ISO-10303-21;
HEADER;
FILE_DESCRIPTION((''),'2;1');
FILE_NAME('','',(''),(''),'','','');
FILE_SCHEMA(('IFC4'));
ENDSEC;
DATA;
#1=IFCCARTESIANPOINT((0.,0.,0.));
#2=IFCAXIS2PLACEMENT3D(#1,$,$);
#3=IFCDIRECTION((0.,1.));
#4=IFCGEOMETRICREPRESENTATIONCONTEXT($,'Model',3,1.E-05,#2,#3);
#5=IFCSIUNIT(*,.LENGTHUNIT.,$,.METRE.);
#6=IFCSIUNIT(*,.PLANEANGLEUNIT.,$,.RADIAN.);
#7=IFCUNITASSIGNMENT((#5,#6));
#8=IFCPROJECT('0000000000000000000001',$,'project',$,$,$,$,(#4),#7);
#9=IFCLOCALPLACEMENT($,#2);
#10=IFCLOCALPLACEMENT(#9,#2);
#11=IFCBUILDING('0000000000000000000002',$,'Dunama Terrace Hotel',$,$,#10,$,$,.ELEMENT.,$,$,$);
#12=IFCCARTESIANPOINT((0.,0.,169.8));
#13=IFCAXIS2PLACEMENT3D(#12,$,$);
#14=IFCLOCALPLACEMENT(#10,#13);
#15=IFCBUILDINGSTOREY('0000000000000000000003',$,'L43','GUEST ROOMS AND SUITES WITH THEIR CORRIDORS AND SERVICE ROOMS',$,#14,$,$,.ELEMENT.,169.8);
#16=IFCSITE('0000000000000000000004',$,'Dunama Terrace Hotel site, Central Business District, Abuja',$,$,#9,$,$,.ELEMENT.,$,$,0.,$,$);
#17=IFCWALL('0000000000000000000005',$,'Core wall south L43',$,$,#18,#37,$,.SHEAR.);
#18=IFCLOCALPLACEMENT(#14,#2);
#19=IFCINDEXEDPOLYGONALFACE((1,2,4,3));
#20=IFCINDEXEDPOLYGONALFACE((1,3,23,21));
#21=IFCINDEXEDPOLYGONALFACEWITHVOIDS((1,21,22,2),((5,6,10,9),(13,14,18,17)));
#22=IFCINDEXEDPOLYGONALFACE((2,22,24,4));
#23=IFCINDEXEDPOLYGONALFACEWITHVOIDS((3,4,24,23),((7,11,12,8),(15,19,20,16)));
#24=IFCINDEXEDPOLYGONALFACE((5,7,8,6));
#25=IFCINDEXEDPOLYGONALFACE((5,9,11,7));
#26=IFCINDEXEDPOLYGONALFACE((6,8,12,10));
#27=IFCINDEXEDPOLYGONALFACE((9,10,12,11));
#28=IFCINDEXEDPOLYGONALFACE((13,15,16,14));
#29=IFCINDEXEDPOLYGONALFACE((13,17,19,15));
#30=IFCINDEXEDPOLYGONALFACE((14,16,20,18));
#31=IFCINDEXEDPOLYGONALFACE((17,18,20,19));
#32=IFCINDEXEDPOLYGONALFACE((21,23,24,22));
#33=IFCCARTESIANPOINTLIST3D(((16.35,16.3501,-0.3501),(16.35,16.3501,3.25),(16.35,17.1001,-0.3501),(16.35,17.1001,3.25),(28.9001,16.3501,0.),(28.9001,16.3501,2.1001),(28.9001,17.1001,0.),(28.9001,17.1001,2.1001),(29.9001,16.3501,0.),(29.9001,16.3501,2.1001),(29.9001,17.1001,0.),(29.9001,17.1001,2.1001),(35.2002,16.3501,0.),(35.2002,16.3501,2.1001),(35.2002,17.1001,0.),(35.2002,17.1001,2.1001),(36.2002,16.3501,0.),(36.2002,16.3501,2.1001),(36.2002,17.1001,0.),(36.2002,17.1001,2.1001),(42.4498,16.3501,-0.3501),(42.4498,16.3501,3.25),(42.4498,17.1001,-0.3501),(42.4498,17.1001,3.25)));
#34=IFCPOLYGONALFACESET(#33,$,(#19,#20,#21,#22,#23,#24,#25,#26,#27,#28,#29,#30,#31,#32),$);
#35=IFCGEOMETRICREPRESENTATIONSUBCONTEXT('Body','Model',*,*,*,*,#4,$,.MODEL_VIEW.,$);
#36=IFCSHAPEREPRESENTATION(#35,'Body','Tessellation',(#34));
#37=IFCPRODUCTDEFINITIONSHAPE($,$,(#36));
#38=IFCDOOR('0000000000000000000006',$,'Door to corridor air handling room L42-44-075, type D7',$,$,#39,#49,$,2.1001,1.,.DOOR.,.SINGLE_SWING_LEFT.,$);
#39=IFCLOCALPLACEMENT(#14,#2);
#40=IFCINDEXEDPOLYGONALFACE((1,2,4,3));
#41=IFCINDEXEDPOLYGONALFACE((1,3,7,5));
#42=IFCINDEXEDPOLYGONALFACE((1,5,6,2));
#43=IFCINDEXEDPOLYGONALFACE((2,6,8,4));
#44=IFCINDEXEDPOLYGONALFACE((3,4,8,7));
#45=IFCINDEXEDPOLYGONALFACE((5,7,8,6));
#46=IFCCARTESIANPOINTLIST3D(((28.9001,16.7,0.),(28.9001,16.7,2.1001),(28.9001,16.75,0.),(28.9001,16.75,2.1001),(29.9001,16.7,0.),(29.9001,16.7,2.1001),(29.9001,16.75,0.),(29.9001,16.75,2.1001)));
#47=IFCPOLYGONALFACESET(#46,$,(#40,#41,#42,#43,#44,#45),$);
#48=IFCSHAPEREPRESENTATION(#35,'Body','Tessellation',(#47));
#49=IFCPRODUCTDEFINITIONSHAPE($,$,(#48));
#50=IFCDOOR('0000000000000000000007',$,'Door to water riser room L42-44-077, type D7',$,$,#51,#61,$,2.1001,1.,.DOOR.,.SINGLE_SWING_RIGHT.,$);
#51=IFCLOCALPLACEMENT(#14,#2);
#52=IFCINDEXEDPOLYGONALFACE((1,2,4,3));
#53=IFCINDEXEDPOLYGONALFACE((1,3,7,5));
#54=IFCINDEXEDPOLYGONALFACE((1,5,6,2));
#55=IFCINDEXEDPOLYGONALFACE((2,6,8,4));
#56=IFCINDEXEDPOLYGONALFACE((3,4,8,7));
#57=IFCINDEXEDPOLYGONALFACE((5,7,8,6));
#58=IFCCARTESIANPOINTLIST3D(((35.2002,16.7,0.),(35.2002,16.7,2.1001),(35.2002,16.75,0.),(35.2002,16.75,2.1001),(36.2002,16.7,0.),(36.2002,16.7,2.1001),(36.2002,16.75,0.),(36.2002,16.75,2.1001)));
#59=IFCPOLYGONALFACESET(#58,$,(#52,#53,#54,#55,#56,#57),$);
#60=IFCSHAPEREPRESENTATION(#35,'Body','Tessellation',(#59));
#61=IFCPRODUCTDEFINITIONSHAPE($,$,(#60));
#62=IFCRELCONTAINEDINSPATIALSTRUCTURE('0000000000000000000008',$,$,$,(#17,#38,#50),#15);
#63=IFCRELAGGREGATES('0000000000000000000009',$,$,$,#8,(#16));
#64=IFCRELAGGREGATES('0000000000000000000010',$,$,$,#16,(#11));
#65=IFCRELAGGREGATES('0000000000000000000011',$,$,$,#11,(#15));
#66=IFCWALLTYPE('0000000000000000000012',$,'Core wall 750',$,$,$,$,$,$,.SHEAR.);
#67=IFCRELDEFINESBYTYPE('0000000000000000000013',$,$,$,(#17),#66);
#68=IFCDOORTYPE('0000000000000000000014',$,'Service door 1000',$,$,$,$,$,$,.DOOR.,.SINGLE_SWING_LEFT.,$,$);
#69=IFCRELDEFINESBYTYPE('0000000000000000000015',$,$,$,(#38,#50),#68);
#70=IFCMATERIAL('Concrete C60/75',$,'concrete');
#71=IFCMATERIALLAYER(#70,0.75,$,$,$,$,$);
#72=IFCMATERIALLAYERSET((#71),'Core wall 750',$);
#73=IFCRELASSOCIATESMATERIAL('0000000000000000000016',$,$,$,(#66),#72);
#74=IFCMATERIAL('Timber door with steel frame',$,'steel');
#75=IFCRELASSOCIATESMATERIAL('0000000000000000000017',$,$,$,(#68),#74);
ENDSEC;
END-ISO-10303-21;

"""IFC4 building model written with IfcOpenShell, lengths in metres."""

from ifc_helpers import new_model, si_unit, direction, frame, frame_2d, origin, place, context, subcontext, project, spatial, rectangle, extrude, material, layer, layer_set, type_object, element, fill, save


model = new_model("IFC4")

# Units and contexts
model_context = context("Model", 3, precision=1e-05, world=origin(), true_north=direction((0.0, 1.0)))
body_context = subcontext(model_context, "Body", "Model", "MODEL_VIEW")
ifc_project = project(units=[si_unit("LENGTHUNIT", "METRE"), si_unit("PLANEANGLEUNIT", "RADIAN")], contexts=[model_context])

# Site, building, storey
site_placement = place(None, origin())
site = spatial("IfcSite", under=ifc_project, at=site_placement, Name="Dunama Terrace Hotel site, Central Business District, Abuja", CompositionType="ELEMENT", RefElevation=0.0)
building_placement = place(site_placement, origin())
building = spatial("IfcBuilding", under=site, at=building_placement, Name="Dunama Terrace Hotel", CompositionType="ELEMENT")
storey_placement = place(building_placement, frame((0.0, 0.0, 169.8)))
storey = spatial("IfcBuildingStorey", under=building, at=storey_placement, Name="L43", Description="GUEST ROOMS AND SUITES WITH THEIR CORRIDORS AND SERVICE ROOMS", CompositionType="ELEMENT", Elevation=169.8)

# Wall, openings, doors
ifc_material_1 = material(Name="Concrete C60/75", Category="concrete")
ifc_layer_1 = layer(ifc_material_1, 0.75)
ifc_layer_set_1 = layer_set([ifc_layer_1], Name="Core wall 750")
wall_type_1 = type_object("IfcWallType", Name="Core wall 750", PredefinedType="SHEAR", material=ifc_layer_set_1)
wall_1_placement = place(storey_placement, frame((16.3501, 16.7251, -0.3501), z_axis=(0.0, 0.0, 1.0), x_axis=(1.0, 0.0, 0.0)))
wall_1 = element("IfcWall", 1, at=wall_1_placement, inside=storey, type_object=wall_type_1, Name="Core wall south L43", PredefinedType="SHEAR", context=body_context, shape_type="SweptSolid", body=[
    extrude(rectangle(XDim=26.0999, YDim=0.75, at=frame_2d((13.0498, 0.0))), origin(), (0.0, 0.0, 1.0), 3.6001),
])
opening_1_placement = place(wall_1_placement, frame((12.55, 0.0, 0.3501)))
opening_1 = element("IfcOpeningElement", 2, at=opening_1_placement, cuts=wall_1, PredefinedType="OPENING", context=body_context, shape_type="SweptSolid", body=[
    extrude(rectangle(XDim=1.0, YDim=2.1001, at=frame_2d((0.5, 1.05))), frame((0.0, 0.385, 0.0), z_axis=(0.0, -1.0, 0.0), x_axis=(1.0, 0.0, 0.0)), (0.0, 0.0, 1.0), 0.77),
])
opening_2_placement = place(wall_1_placement, frame((18.8501, 0.0, 0.3501)))
opening_2 = element("IfcOpeningElement", 3, at=opening_2_placement, cuts=wall_1, PredefinedType="OPENING", context=body_context, shape_type="SweptSolid", body=[
    extrude(rectangle(XDim=1.0, YDim=2.1001, at=frame_2d((0.5, 1.05))), frame((0.0, 0.385, 0.0), z_axis=(0.0, -1.0, 0.0), x_axis=(1.0, 0.0, 0.0)), (0.0, 0.0, 1.0), 0.77),
])
ifc_material_2 = material(Name="Timber door with steel frame", Category="steel")
door_type_1 = type_object("IfcDoorType", Name="Service door 1000", OperationType="SINGLE_SWING_LEFT", PredefinedType="DOOR", material=ifc_material_2)
door_1_placement = place(opening_1_placement, origin())
door_1 = element("IfcDoor", 4, at=door_1_placement, inside=storey, type_object=door_type_1, Name="Door to corridor air handling room L42-44-075, type D7", OperationType="SINGLE_SWING_LEFT", OverallHeight=2.1001, OverallWidth=1.0, PredefinedType="DOOR", context=body_context, shape_type="SweptSolid", body=[
    extrude(rectangle(XDim=1.0, YDim=2.1001, at=frame_2d((0.5, 1.05))), frame((0.0, 0.0249, 0.0), z_axis=(0.0, -1.0, 0.0), x_axis=(1.0, 0.0, 0.0)), (0.0, 0.0, 1.0), 0.05),
])
fill(opening_1, door_1)
door_2_placement = place(opening_2_placement, origin())
door_2 = element("IfcDoor", 5, at=door_2_placement, inside=storey, type_object=door_type_1, Name="Door to water riser room L42-44-077, type D7", OperationType="SINGLE_SWING_RIGHT", OverallHeight=2.1001, OverallWidth=1.0, PredefinedType="DOOR", context=body_context, shape_type="SweptSolid", body=[
    extrude(rectangle(XDim=1.0, YDim=2.1001, at=frame_2d((0.5, 1.05))), frame((0.0, 0.0249, 0.0), z_axis=(0.0, -1.0, 0.0), x_axis=(1.0, 0.0, 0.0)), (0.0, 0.0, 1.0), 0.05),
])
fill(opening_2, door_2)

save(model, "model.ifc")
